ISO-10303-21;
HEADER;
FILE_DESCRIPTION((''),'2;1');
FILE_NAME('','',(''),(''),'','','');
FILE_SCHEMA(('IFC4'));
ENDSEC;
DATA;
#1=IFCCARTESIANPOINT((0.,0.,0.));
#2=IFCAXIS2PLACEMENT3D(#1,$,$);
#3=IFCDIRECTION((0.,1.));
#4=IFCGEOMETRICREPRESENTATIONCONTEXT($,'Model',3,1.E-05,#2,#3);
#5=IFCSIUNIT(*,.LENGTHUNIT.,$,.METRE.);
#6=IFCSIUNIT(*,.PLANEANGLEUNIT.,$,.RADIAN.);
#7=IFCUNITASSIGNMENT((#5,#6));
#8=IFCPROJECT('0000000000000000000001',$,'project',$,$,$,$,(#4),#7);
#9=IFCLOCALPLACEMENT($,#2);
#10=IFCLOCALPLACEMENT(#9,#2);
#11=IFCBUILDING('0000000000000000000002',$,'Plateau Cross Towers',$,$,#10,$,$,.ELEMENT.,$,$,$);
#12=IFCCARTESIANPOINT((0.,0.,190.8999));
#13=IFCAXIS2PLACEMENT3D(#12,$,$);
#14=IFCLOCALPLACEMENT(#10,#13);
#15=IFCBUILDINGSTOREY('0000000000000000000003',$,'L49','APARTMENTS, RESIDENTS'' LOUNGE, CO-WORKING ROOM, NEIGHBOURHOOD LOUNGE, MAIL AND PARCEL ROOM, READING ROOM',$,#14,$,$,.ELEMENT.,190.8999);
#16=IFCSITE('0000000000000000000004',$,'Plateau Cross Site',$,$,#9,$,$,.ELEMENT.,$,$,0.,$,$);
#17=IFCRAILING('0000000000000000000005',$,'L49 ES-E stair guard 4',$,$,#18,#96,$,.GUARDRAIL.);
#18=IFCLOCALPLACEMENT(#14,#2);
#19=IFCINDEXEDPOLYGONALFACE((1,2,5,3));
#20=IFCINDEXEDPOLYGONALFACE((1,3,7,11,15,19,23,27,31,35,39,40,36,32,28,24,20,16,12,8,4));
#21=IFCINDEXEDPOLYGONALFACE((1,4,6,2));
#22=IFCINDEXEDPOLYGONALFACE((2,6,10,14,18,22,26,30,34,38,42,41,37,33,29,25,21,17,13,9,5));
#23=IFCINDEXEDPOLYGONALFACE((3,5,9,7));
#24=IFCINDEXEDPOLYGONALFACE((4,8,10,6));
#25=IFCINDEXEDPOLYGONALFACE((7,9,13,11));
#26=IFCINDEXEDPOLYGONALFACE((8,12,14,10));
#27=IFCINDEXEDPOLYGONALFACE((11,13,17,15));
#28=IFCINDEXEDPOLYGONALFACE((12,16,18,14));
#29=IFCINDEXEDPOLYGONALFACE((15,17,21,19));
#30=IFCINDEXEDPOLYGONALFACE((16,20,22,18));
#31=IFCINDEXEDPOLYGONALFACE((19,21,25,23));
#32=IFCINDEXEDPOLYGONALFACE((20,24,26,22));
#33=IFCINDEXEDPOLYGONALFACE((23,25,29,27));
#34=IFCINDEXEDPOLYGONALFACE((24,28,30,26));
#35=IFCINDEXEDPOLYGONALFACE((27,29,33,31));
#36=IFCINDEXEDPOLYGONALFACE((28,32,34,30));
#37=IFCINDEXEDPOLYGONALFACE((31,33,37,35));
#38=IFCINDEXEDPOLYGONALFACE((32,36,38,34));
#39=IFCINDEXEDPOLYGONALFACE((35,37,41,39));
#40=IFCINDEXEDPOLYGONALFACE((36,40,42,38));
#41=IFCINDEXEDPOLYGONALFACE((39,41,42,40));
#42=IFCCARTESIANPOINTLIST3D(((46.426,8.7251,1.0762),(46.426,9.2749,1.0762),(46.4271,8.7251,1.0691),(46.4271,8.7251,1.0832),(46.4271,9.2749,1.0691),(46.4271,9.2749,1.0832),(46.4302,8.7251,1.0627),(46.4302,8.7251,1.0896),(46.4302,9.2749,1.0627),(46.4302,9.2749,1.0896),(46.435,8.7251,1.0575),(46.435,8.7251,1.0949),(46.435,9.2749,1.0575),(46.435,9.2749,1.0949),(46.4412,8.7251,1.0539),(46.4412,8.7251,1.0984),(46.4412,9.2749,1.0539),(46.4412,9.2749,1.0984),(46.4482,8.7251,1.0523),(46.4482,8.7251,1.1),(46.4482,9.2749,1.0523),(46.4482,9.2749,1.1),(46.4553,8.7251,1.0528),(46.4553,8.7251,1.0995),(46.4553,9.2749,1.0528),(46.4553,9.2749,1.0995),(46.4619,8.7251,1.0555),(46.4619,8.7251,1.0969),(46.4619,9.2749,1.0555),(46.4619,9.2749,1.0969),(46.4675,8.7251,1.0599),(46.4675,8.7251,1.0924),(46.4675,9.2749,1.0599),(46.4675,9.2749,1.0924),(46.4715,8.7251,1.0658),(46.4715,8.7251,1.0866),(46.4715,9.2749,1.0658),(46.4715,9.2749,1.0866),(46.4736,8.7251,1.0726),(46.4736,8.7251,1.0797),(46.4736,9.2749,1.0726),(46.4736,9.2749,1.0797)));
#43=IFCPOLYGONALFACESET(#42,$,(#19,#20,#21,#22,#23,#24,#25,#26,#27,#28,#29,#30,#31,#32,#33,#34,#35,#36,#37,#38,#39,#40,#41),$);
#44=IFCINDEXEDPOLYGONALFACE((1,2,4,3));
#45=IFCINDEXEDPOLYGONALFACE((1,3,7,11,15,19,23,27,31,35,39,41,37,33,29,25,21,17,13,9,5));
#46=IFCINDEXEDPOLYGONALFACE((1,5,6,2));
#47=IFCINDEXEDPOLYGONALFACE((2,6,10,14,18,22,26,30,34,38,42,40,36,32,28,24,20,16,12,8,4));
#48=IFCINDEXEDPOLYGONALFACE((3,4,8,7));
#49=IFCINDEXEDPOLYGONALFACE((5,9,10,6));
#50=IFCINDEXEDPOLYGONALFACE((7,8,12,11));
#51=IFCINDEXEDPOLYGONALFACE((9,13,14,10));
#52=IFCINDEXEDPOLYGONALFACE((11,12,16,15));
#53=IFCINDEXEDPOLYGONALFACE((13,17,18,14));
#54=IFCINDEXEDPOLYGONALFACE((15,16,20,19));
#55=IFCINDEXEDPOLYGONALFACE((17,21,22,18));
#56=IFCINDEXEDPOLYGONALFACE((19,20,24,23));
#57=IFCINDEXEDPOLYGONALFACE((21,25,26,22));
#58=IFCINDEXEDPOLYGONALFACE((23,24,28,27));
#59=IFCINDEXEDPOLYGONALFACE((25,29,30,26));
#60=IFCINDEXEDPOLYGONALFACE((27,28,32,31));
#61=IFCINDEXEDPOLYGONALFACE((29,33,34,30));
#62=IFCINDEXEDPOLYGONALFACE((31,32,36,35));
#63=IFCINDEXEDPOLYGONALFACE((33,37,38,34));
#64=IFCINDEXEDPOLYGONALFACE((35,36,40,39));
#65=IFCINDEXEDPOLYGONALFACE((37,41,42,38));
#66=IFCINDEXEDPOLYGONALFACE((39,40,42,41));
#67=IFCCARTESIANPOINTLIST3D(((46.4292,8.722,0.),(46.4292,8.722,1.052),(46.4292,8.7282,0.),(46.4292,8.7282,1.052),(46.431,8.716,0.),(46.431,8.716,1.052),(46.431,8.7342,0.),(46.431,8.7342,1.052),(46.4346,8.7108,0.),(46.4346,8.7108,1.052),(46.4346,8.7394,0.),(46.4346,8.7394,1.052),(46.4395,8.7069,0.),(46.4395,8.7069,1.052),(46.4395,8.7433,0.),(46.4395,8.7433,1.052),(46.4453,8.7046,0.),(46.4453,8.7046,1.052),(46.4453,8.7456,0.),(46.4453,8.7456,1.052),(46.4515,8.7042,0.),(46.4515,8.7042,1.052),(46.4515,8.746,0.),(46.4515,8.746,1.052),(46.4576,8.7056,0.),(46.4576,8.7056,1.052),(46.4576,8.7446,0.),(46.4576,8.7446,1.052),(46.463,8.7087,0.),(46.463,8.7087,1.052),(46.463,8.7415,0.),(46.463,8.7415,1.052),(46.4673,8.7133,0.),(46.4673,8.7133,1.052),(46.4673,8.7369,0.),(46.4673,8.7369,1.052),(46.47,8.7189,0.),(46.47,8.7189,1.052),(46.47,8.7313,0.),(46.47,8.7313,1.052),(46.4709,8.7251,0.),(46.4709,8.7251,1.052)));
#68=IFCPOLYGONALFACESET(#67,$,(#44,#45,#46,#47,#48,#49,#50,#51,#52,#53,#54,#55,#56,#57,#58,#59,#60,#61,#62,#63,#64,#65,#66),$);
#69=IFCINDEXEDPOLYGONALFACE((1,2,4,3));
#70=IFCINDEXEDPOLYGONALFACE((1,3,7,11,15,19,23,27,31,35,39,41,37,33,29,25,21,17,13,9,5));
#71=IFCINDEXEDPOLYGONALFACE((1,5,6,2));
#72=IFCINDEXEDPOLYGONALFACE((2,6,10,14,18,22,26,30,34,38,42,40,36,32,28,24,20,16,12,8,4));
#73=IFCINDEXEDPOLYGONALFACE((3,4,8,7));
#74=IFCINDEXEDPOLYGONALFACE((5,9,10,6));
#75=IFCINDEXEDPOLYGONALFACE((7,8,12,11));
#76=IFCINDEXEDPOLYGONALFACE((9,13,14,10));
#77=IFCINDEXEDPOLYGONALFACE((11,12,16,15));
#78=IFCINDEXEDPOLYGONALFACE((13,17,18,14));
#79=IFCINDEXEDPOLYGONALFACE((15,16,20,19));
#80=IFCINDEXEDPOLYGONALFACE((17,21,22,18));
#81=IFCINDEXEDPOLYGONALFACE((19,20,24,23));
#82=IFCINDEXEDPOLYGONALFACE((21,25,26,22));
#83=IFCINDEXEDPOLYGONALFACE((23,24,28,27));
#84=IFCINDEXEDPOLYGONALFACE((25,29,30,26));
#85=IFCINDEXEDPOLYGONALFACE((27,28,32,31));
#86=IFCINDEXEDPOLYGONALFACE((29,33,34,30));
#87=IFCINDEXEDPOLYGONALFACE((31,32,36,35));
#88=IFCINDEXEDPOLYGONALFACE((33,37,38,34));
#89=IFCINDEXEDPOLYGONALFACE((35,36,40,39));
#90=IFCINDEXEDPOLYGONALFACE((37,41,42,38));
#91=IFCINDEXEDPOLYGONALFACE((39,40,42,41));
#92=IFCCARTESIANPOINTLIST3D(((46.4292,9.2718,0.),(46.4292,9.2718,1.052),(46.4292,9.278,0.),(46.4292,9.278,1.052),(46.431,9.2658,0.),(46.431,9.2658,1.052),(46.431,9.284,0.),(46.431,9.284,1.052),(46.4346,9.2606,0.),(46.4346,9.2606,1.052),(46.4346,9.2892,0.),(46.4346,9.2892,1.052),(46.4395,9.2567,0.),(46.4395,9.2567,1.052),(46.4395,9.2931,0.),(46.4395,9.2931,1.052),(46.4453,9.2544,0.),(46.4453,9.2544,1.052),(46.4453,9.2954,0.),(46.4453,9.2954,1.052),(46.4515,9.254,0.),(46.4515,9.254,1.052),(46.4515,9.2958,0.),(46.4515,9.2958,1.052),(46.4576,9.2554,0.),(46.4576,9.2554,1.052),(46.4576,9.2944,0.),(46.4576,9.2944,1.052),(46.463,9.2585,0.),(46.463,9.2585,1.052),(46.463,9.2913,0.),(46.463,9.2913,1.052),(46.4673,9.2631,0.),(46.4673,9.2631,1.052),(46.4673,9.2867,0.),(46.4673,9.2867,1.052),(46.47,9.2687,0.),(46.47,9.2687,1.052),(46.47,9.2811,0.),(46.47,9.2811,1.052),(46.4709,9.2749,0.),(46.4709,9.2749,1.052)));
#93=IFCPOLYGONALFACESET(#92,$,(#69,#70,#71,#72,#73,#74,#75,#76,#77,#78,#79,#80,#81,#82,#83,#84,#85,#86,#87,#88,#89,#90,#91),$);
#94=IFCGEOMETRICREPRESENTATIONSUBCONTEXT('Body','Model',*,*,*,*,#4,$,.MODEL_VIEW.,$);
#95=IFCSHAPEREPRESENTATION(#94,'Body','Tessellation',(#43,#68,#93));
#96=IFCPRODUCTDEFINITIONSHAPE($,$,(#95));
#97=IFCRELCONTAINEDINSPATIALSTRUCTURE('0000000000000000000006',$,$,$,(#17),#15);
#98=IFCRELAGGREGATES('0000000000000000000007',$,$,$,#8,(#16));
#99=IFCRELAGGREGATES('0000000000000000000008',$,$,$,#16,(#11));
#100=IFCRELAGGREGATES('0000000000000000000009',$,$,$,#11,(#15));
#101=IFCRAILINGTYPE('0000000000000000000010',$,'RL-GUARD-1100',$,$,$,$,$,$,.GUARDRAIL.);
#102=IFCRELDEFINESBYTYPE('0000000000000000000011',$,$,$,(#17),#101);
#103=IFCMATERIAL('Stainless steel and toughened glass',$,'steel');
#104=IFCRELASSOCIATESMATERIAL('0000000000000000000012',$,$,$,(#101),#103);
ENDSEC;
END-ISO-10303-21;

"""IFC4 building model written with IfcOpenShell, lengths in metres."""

from ifc_helpers import new_model, si_unit, direction, frame, origin, origin_2d, place, context, subcontext, project, spatial, circle, extrude, material, type_object, element, save


model = new_model("IFC4")

# Units and contexts
model_context = context("Model", 3, precision=1e-05, world=origin(), true_north=direction((0.0, 1.0)))
body_context = subcontext(model_context, "Body", "Model", "MODEL_VIEW")
ifc_project = project(units=[si_unit("LENGTHUNIT", "METRE"), si_unit("PLANEANGLEUNIT", "RADIAN")], contexts=[model_context])

# Site, building, storey
site_placement = place(None, origin())
site = spatial("IfcSite", under=ifc_project, at=site_placement, Name="Plateau Cross Site", CompositionType="ELEMENT", RefElevation=0.0)
building_placement = place(site_placement, origin())
building = spatial("IfcBuilding", under=site, at=building_placement, Name="Plateau Cross Towers", CompositionType="ELEMENT")
storey_placement = place(building_placement, frame((0.0, 0.0, 190.8999)))
storey = spatial("IfcBuildingStorey", under=building, at=storey_placement, Name="L49", Description="APARTMENTS, RESIDENTS' LOUNGE, CO-WORKING ROOM, NEIGHBOURHOOD LOUNGE, MAIL AND PARCEL ROOM, READING ROOM", CompositionType="ELEMENT", Elevation=190.8999)

# Railing
ifc_material_1 = material(Name="Stainless steel and toughened glass", Category="steel")
railing_type_1 = type_object("IfcRailingType", Name="RL-GUARD-1100", PredefinedType="GUARDRAIL", material=ifc_material_1)
railing_1_placement = place(storey_placement, frame((46.45, 8.7251, 0.0)))
element("IfcRailing", 1, at=railing_1_placement, inside=storey, type_object=railing_type_1, Name="L49 ES-E stair guard 4", PredefinedType="GUARDRAIL", context=body_context, shape_type="SweptSolid", body=[
    extrude(circle(Radius=0.0239, at=origin_2d()), frame((0.0, 0.0, 1.0762), z_axis=(0.0, 1.0, 0.0), x_axis=(-1.0, 0.0, 0.0)), (0.0, 0.0, 1.0), 0.5498),
    extrude(circle(Radius=0.021, at=origin_2d()), origin(), (0.0, 0.0, 1.0), 1.052),
    extrude(circle(Radius=0.021, at=origin_2d()), frame((0.0, 0.5498, 0.0)), (0.0, 0.0, 1.0), 1.052),
])

save(model, "model.ifc")
